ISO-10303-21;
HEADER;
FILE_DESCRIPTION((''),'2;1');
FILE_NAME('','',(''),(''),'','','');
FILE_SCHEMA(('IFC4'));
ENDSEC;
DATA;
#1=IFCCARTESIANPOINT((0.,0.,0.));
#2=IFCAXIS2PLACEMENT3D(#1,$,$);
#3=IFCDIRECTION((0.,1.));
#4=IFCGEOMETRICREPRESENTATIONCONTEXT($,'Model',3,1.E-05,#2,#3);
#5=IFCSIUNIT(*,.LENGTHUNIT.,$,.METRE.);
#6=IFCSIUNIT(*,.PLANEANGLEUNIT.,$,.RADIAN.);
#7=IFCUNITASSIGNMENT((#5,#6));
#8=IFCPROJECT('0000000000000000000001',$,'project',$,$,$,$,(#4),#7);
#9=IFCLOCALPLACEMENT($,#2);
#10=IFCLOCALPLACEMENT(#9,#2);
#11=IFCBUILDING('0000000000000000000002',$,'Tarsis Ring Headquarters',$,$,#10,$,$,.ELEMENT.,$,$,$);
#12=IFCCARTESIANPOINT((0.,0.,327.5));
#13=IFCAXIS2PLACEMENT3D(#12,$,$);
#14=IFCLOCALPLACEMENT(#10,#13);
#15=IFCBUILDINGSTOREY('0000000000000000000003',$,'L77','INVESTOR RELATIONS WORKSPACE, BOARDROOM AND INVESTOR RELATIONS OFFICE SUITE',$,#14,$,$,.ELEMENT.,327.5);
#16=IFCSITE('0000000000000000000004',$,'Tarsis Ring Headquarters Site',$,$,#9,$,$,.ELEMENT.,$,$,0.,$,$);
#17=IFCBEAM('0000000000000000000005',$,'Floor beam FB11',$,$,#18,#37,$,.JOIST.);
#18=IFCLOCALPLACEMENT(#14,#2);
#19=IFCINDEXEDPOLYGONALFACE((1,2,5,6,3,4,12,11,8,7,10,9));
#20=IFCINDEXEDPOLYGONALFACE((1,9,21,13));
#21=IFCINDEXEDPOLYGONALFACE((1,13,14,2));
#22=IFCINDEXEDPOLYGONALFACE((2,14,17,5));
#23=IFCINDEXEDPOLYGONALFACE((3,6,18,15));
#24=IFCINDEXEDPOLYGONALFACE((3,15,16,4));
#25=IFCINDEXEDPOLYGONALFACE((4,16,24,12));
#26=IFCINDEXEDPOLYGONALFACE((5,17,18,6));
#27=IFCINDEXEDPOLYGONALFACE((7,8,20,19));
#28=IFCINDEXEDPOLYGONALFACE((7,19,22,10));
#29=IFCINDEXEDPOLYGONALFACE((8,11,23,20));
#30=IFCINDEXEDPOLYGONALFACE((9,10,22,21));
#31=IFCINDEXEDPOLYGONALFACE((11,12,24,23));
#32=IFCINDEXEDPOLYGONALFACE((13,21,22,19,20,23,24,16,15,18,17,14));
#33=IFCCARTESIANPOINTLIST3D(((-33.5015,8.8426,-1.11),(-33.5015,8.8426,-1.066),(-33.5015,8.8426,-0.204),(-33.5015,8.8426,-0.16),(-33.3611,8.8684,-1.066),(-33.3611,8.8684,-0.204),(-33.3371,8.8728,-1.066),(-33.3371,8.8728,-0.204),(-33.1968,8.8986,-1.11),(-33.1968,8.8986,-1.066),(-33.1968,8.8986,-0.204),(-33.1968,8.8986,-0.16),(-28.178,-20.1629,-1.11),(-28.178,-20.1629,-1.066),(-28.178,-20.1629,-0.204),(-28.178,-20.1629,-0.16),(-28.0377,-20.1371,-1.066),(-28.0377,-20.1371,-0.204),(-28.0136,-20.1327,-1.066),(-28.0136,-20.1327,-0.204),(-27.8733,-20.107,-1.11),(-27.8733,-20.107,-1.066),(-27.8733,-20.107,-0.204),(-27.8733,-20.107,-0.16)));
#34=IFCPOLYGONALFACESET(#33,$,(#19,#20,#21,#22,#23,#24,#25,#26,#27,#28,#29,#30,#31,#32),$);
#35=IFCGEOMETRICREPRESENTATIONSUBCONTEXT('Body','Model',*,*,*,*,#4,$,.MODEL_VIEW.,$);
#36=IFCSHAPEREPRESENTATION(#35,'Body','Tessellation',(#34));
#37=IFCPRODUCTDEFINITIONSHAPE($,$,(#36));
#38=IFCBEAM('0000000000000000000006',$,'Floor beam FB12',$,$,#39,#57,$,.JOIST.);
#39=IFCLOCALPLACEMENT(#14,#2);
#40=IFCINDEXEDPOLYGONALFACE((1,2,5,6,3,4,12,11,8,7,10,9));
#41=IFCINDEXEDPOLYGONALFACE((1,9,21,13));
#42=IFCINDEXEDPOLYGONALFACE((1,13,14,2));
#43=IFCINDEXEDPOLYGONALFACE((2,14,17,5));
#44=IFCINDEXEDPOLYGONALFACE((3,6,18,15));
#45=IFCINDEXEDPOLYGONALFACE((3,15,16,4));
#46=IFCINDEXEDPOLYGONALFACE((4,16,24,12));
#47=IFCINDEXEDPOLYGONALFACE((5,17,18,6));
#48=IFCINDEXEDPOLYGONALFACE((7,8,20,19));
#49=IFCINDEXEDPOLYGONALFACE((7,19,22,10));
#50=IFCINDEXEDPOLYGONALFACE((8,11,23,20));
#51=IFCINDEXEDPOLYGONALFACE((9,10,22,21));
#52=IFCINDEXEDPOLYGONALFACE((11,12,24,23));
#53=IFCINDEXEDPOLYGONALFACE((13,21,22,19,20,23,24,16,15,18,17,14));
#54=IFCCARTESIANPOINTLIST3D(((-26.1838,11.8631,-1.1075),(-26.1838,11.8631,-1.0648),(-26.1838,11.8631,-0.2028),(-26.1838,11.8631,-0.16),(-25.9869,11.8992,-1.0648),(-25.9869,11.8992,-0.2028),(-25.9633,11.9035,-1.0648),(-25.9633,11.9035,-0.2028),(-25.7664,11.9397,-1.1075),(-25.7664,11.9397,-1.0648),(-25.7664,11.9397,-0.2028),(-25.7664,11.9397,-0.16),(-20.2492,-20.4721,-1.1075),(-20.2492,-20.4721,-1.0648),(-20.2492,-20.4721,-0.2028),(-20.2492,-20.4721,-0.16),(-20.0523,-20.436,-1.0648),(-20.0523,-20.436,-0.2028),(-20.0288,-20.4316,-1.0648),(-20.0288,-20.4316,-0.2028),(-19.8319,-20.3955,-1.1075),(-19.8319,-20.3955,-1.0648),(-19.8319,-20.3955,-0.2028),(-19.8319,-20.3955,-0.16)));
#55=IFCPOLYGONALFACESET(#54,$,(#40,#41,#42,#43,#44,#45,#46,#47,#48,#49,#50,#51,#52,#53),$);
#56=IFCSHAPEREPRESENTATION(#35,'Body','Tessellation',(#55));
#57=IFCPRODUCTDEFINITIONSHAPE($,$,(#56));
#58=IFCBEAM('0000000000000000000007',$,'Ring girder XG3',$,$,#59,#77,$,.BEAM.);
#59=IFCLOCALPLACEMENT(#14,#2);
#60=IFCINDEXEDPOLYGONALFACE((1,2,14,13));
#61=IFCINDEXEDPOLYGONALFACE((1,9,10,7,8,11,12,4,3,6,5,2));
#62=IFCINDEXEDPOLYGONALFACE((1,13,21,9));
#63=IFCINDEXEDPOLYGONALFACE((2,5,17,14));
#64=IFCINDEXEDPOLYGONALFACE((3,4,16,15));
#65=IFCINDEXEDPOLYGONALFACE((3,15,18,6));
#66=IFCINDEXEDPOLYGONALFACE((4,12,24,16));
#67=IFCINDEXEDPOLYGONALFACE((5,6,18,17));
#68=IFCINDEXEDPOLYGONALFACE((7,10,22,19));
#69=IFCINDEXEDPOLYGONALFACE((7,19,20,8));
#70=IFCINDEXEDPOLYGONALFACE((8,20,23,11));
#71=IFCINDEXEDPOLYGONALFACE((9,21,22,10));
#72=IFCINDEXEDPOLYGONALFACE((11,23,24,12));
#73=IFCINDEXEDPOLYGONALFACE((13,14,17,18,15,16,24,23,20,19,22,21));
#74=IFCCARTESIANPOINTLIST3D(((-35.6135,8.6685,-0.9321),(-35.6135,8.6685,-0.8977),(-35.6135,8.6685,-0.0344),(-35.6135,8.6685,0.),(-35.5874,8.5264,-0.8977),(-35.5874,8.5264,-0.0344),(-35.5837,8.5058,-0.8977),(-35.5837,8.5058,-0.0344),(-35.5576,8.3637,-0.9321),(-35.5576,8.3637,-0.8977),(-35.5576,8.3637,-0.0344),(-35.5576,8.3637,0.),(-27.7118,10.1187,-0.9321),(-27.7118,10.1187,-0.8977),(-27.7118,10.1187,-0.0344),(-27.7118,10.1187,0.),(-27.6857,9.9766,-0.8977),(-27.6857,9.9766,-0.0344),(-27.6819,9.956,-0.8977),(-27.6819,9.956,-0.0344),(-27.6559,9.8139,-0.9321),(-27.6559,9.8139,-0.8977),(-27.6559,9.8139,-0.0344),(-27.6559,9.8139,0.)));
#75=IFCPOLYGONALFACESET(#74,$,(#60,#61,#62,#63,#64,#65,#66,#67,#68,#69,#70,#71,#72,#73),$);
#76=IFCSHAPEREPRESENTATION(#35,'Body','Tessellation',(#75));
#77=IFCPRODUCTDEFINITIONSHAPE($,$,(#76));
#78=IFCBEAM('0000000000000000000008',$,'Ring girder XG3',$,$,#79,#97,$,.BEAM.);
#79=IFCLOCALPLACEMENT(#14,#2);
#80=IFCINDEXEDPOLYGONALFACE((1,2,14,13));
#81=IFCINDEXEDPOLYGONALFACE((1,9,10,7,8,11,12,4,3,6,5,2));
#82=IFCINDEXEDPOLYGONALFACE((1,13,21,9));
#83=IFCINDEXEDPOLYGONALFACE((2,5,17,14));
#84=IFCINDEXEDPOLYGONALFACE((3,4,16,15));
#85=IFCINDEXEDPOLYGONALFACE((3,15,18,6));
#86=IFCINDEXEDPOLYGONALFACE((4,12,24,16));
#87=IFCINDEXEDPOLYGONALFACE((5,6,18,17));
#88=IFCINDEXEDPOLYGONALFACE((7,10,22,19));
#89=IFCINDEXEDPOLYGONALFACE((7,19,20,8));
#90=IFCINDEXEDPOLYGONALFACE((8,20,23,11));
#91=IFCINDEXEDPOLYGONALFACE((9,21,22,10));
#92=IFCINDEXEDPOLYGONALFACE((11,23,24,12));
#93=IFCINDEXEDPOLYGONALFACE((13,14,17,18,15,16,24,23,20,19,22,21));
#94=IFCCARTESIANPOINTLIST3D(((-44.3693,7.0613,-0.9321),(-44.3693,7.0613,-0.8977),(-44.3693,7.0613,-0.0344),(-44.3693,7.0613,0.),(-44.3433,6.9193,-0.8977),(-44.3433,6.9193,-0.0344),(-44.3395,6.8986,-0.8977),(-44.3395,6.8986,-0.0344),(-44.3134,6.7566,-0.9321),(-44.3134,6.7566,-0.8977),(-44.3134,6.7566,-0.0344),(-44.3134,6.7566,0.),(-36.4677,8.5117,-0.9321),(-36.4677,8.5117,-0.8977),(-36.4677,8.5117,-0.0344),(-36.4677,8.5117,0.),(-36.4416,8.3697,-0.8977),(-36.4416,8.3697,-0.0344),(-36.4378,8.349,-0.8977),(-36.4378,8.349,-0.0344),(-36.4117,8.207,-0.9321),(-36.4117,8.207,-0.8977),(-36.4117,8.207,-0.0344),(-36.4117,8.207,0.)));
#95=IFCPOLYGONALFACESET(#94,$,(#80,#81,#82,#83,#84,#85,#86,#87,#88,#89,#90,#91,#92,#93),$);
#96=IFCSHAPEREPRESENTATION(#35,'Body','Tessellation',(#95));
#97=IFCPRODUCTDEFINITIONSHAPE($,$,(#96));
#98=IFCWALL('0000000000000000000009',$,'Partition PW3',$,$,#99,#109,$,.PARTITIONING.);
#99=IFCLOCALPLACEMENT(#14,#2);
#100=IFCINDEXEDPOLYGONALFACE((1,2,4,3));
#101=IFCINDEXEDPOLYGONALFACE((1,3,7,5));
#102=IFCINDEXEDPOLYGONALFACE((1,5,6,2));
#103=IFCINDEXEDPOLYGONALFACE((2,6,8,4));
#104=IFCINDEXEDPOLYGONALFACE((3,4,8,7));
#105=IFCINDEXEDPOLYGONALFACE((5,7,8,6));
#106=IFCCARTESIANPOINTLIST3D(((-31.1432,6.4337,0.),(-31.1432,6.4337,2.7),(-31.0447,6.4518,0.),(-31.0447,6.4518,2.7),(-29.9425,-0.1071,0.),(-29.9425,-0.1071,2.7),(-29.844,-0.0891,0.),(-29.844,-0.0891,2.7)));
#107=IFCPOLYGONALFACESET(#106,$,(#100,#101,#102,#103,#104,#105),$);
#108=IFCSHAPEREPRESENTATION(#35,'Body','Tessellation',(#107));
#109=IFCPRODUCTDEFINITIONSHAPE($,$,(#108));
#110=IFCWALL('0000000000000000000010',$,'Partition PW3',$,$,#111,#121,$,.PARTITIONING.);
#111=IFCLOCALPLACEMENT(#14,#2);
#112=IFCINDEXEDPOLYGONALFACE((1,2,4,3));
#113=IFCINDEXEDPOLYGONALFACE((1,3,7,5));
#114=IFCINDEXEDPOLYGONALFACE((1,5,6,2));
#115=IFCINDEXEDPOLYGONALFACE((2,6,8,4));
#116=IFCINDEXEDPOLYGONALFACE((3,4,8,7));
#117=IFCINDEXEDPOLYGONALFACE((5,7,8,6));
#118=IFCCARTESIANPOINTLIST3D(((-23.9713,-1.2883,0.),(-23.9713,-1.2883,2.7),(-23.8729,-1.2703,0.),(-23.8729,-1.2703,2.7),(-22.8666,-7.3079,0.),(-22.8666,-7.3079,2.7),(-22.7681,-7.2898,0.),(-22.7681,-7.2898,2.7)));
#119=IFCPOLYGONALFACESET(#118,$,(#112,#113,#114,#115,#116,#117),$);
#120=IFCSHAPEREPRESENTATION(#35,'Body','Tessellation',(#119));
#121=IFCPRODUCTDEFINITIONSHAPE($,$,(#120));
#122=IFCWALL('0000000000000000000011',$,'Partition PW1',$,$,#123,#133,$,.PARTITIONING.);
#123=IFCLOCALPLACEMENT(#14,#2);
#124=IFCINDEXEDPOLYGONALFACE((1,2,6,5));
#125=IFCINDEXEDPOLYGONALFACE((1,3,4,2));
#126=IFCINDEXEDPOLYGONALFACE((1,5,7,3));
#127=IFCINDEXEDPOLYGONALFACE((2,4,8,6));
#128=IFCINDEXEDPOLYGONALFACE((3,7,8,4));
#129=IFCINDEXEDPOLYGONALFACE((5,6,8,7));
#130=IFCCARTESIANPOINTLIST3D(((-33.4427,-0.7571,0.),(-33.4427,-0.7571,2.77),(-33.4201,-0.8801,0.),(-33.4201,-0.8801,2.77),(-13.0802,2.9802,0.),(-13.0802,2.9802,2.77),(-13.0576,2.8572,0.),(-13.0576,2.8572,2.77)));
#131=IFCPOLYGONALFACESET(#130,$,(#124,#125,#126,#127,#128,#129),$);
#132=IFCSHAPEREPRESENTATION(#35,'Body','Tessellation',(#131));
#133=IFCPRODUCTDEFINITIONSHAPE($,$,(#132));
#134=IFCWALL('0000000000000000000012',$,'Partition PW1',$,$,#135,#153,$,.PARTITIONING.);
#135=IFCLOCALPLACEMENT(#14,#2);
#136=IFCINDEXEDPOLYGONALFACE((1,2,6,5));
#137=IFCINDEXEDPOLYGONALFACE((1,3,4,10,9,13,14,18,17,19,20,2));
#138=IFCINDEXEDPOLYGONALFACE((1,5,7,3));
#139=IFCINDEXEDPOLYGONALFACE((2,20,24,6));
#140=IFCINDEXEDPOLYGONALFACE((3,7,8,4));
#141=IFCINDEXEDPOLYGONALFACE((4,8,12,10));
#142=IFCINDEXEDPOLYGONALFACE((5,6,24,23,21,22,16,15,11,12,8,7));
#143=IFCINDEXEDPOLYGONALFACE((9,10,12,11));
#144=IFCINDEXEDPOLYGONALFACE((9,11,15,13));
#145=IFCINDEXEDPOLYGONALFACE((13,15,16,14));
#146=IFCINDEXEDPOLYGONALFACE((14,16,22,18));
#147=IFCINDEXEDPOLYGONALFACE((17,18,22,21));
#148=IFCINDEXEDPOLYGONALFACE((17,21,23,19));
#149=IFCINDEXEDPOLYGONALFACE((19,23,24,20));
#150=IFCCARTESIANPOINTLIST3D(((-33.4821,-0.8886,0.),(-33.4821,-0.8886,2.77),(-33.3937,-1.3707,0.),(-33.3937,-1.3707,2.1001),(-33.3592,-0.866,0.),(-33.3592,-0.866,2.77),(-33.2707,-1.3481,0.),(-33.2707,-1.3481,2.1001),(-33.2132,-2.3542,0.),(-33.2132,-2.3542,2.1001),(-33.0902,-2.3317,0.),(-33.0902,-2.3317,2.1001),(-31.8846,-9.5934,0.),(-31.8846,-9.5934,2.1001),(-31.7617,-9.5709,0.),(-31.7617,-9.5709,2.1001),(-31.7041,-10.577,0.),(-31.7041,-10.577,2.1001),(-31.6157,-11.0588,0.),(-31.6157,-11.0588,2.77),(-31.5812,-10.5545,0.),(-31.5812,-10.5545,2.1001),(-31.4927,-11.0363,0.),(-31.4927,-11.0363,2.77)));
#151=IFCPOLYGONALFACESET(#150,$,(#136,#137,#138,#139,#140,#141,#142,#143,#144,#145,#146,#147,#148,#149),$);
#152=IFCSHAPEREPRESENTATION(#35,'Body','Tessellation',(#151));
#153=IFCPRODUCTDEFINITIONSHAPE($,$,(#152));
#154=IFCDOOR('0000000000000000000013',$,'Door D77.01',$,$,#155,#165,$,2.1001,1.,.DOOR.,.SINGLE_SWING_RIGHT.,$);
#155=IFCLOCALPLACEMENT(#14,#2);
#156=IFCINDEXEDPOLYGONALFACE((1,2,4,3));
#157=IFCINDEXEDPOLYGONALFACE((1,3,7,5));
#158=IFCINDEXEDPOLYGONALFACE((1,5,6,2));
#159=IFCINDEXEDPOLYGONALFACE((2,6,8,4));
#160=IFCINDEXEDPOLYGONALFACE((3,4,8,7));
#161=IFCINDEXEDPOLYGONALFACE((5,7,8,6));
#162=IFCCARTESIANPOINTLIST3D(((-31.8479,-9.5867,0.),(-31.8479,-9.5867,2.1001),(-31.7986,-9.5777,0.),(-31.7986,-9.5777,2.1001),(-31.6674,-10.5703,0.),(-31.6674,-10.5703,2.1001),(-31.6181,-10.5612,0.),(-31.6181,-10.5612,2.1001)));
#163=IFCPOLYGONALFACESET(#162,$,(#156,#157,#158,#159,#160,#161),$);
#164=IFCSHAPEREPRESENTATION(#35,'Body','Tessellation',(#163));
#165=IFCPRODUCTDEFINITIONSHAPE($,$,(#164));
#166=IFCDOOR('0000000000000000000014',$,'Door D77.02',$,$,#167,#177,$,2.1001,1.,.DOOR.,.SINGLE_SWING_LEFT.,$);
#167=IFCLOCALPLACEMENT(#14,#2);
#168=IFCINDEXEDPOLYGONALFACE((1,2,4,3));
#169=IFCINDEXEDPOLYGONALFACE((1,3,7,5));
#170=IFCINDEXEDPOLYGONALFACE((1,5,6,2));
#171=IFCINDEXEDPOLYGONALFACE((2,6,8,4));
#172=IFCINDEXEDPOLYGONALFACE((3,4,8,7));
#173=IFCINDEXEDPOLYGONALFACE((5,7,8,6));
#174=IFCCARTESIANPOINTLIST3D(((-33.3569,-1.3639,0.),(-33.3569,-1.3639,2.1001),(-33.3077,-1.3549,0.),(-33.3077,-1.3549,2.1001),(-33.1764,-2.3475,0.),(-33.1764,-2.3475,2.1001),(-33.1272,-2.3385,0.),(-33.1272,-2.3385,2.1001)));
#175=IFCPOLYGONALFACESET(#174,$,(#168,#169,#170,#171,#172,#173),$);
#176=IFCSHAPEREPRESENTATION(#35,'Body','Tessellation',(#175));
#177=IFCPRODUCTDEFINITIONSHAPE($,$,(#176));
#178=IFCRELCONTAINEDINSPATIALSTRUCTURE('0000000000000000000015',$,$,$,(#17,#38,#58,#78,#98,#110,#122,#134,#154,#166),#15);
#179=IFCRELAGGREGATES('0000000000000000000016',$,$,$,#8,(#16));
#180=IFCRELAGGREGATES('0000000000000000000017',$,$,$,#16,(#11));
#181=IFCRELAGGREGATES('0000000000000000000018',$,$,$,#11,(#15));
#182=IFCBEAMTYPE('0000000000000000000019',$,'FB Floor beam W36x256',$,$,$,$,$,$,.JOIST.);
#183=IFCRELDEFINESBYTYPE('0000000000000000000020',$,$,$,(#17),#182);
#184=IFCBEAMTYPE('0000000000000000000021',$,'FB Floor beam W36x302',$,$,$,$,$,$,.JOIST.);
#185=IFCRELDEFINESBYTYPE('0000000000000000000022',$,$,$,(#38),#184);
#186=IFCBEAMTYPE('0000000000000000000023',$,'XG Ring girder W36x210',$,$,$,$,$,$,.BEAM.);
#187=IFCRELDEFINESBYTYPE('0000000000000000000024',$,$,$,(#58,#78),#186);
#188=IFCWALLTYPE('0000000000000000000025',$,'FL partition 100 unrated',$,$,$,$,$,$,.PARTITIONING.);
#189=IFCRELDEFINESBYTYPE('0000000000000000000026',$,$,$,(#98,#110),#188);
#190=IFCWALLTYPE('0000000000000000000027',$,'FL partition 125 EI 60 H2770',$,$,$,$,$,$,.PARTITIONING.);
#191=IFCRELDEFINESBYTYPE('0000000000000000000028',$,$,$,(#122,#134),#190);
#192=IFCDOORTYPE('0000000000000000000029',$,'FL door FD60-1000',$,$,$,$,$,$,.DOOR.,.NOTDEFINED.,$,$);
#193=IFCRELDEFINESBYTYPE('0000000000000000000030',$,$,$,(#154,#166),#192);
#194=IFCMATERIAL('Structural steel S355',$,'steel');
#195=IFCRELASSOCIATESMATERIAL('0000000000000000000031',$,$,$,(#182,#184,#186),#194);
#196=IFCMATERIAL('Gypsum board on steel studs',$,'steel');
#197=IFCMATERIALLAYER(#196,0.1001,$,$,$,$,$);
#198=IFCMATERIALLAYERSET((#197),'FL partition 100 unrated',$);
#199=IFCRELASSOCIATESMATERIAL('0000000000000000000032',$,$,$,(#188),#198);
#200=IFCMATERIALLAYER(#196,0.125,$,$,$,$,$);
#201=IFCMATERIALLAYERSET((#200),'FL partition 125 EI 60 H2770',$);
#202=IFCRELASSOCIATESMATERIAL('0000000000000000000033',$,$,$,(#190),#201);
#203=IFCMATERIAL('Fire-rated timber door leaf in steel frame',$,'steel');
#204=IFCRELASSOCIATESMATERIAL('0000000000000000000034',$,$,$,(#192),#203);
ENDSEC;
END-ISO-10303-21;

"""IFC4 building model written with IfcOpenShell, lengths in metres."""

from ifc_helpers import new_model, si_unit, direction, frame, frame_2d, origin, origin_2d, place, context, subcontext, project, spatial, rectangle, i_section, extrude, material, layer, layer_set, material_profile, profile_set, type_object, element, fill, save


model = new_model("IFC4")

# Units and contexts
model_context = context("Model", 3, precision=1e-05, world=origin(), true_north=direction((0.0, 1.0)))
body_context = subcontext(model_context, "Body", "Model", "MODEL_VIEW")
ifc_project = project(units=[si_unit("LENGTHUNIT", "METRE"), si_unit("PLANEANGLEUNIT", "RADIAN")], contexts=[model_context])

# Site, building, storey
site_placement = place(None, origin())
site = spatial("IfcSite", under=ifc_project, at=site_placement, Name="Tarsis Ring Headquarters Site", CompositionType="ELEMENT", RefElevation=0.0)
building_placement = place(site_placement, origin())
building = spatial("IfcBuilding", under=site, at=building_placement, Name="Tarsis Ring Headquarters", CompositionType="ELEMENT")
storey_placement = place(building_placement, frame((0.0, 0.0, 327.5)))
storey = spatial("IfcBuildingStorey", under=building, at=storey_placement, Name="L77", Description="INVESTOR RELATIONS WORKSPACE, BOARDROOM AND INVESTOR RELATIONS OFFICE SUITE", CompositionType="ELEMENT", Elevation=327.5)

# Shared definitions
ifc_material_1 = material(Name="Structural steel S355", Category="steel")

# Beams
ifc_material_profile_1 = material_profile(ifc_material_1, i_section(OverallWidth=0.3098, OverallDepth=0.95, WebThickness=0.0244, FlangeThickness=0.0439, at=origin_2d()), Name="W36x256")
ifc_profile_set_1 = profile_set([ifc_material_profile_1], Name="Structural steel S355")
beam_type_1 = type_object("IfcBeamType", Name="FB Floor beam W36x256", PredefinedType="JOIST", material=ifc_profile_set_1)
for number, where, z_axis, x_axis, name in (
    (1, (-33.3491, 8.8706, -0.635), (0.180518, -0.983572, 0.0), (0.983572, 0.180518, 0.0), "Floor beam FB11"),
):
    element("IfcBeam", number, at=place(storey_placement, frame(where, z_axis=z_axis, x_axis=x_axis)), inside=storey, type_object=beam_type_1, Name=name, PredefinedType="JOIST", context=body_context, shape_type="SweptSolid", body=[
        extrude(i_section(OverallWidth=0.3098, OverallDepth=0.95, WebThickness=0.0244, FlangeThickness=0.0439, at=origin_2d()), origin(), (0.0, 0.0, 1.0), 29.49),
    ])
ifc_material_profile_2 = material_profile(ifc_material_1, i_section(OverallWidth=0.4243, OverallDepth=0.9475, WebThickness=0.0239, FlangeThickness=0.0427, at=origin_2d()), Name="W36x302")
ifc_profile_set_2 = profile_set([ifc_material_profile_2], Name="Structural steel S355")
beam_type_2 = type_object("IfcBeamType", Name="FB Floor beam W36x302", PredefinedType="JOIST", material=ifc_profile_set_2)
beam_placement = place(storey_placement, frame((-25.9751, 11.9014, -0.6338), z_axis=(0.180518, -0.983572, 0.0), x_axis=(0.983572, 0.180518, 0.0)))
element("IfcBeam", 2, at=beam_placement, inside=storey, type_object=beam_type_2, Name="Floor beam FB12", PredefinedType="JOIST", context=body_context, shape_type="SweptSolid", body=[
    extrude(i_section(OverallWidth=0.4243, OverallDepth=0.9475, WebThickness=0.0239, FlangeThickness=0.0427, at=origin_2d()), origin(), (0.0, 0.0, 1.0), 32.8752),
])
ifc_material_profile_3 = material_profile(ifc_material_1, i_section(OverallWidth=0.3098, OverallDepth=0.9321, WebThickness=0.021, FlangeThickness=0.0344, at=origin_2d()), Name="W36x210")
ifc_profile_set_3 = profile_set([ifc_material_profile_3], Name="Structural steel S355")
beam_type_3 = type_object("IfcBeamType", Name="XG Ring girder W36x210", PredefinedType="BEAM", material=ifc_profile_set_3)
for number, where, z_axis, x_axis, name in (
    (3, (-27.6838, 9.9663, -0.4661), (-0.983572, -0.180517, 0.0), (0.180517, -0.983572, 0.0), "Ring girder XG3"),
    (4, (-36.4397, 8.3594, -0.4661), (-0.983567, -0.180546, 0.0), (0.180546, -0.983567, 0.0), "Ring girder XG3"),
):
    element("IfcBeam", number, at=place(storey_placement, frame(where, z_axis=z_axis, x_axis=x_axis)), inside=storey, type_object=beam_type_3, Name=name, PredefinedType="BEAM", context=body_context, shape_type="SweptSolid", body=[
        extrude(i_section(OverallWidth=0.3098, OverallDepth=0.9321, WebThickness=0.021, FlangeThickness=0.0344, at=origin_2d()), origin(), (0.0, 0.0, 1.0), 8.0337),
    ])

# Walls
ifc_material_2 = material(Name="Gypsum board on steel studs", Category="steel")
ifc_layer_1 = layer(ifc_material_2, 0.1001)
ifc_layer_set_1 = layer_set([ifc_layer_1], Name="FL partition 100 unrated")
wall_type_1 = type_object("IfcWallType", Name="FL partition 100 unrated", PredefinedType="PARTITIONING", material=ifc_layer_set_1)
wall_1_placement = place(storey_placement, frame((-31.094, 6.4429, 0.0), z_axis=(0.0, 0.0, 1.0), x_axis=(0.180552, -0.983565, 0.0)))
element("IfcWall", 5, at=wall_1_placement, inside=storey, type_object=wall_type_1, Name="Partition PW3", PredefinedType="PARTITIONING", context=body_context, shape_type="SweptSolid", body=[
    extrude(rectangle(XDim=6.6501, YDim=0.1001, at=frame_2d((3.3252, 0.0))), origin(), (0.0, 0.0, 1.0), 2.7),
])
wall_2_placement = place(storey_placement, frame((-23.9221, -1.2793, 0.0), z_axis=(0.0, 0.0, 1.0), x_axis=(0.180511, -0.983573, 0.0)))
element("IfcWall", 6, at=wall_2_placement, inside=storey, type_object=wall_type_1, Name="Partition PW3", PredefinedType="PARTITIONING", context=body_context, shape_type="SweptSolid", body=[
    extrude(rectangle(XDim=6.1201, YDim=0.1001, at=frame_2d((3.0601, 0.0))), origin(), (0.0, 0.0, 1.0), 2.7),
])
ifc_layer_2 = layer(ifc_material_2, 0.125)
ifc_layer_set_2 = layer_set([ifc_layer_2], Name="FL partition 125 EI 60 H2770")
wall_type_2 = type_object("IfcWallType", Name="FL partition 125 EI 60 H2770", PredefinedType="PARTITIONING", material=ifc_layer_set_2)
wall_3_placement = place(storey_placement, frame((-33.4314, -0.8186, 0.0), z_axis=(0.0, 0.0, 1.0), x_axis=(0.983571, 0.180523, 0.0)))
element("IfcWall", 7, at=wall_3_placement, inside=storey, type_object=wall_type_2, Name="Partition PW1", PredefinedType="PARTITIONING", context=body_context, shape_type="SweptSolid", body=[
    extrude(rectangle(XDim=20.7026, YDim=0.125, at=frame_2d((10.3513, 0.0))), origin(), (0.0, 0.0, 1.0), 2.77),
])

# Wall, openings, doors
wall_4_placement = place(storey_placement, frame((-33.4207, -0.8774, 0.0), z_axis=(0.0, 0.0, 1.0), x_axis=(0.180508, -0.983574, 0.0)))
wall_4 = element("IfcWall", 8, at=wall_4_placement, inside=storey, type_object=wall_type_2, Name="Partition PW1", PredefinedType="PARTITIONING", context=body_context, shape_type="SweptSolid", body=[
    extrude(rectangle(XDim=10.3401, YDim=0.125, at=frame_2d((5.1699, 0.0))), origin(), (0.0, 0.0, 1.0), 2.77),
])
opening_1_placement = place(wall_4_placement, frame((8.8501, 0.0, 0.0)))
opening_1 = element("IfcOpeningElement", 9, at=opening_1_placement, cuts=wall_4, PredefinedType="OPENING", context=body_context, shape_type="SweptSolid", body=[
    extrude(rectangle(XDim=1.0, YDim=2.1001, at=frame_2d((0.5, 1.05))), frame((0.0, 0.0725, 0.0), z_axis=(0.0, -1.0, 0.0), x_axis=(1.0, 0.0, 0.0)), (0.0, 0.0, 1.0), 0.145),
])
opening_2_placement = place(wall_4_placement, frame((0.49, 0.0, 0.0)))
opening_2 = element("IfcOpeningElement", 10, at=opening_2_placement, cuts=wall_4, PredefinedType="OPENING", context=body_context, shape_type="SweptSolid", body=[
    extrude(rectangle(XDim=1.0, YDim=2.1001, at=frame_2d((0.5, 1.05))), frame((0.0, 0.0725, 0.0), z_axis=(0.0, -1.0, 0.0), x_axis=(1.0, 0.0, 0.0)), (0.0, 0.0, 1.0), 0.145),
])
ifc_material_3 = material(Name="Fire-rated timber door leaf in steel frame", Category="steel")
door_type = type_object("IfcDoorType", Name="FL door FD60-1000", OperationType="NOTDEFINED", PredefinedType="DOOR", material=ifc_material_3)
door_1_placement = place(opening_1_placement, origin())
door_1 = element("IfcDoor", 11, at=door_1_placement, inside=storey, type_object=door_type, Name="Door D77.01", OperationType="SINGLE_SWING_RIGHT", OverallHeight=2.1001, OverallWidth=1.0, PredefinedType="DOOR", context=body_context, shape_type="SweptSolid", body=[
    extrude(rectangle(XDim=1.0, YDim=2.1001, at=frame_2d((0.5, 1.05))), frame((0.0, 0.0249, 0.0), z_axis=(0.0, -1.0, 0.0), x_axis=(1.0, 0.0, 0.0)), (0.0, 0.0, 1.0), 0.05),
])
fill(opening_1, door_1)
door_2_placement = place(opening_2_placement, origin())
door_2 = element("IfcDoor", 12, at=door_2_placement, inside=storey, type_object=door_type, Name="Door D77.02", OperationType="SINGLE_SWING_LEFT", OverallHeight=2.1001, OverallWidth=1.0, PredefinedType="DOOR", context=body_context, shape_type="SweptSolid", body=[
    extrude(rectangle(XDim=1.0, YDim=2.1001, at=frame_2d((0.5, 1.05))), frame((0.0, 0.0249, 0.0), z_axis=(0.0, -1.0, 0.0), x_axis=(1.0, 0.0, 0.0)), (0.0, 0.0, 1.0), 0.05),
])
fill(opening_2, door_2)

save(model, "model.ifc")
